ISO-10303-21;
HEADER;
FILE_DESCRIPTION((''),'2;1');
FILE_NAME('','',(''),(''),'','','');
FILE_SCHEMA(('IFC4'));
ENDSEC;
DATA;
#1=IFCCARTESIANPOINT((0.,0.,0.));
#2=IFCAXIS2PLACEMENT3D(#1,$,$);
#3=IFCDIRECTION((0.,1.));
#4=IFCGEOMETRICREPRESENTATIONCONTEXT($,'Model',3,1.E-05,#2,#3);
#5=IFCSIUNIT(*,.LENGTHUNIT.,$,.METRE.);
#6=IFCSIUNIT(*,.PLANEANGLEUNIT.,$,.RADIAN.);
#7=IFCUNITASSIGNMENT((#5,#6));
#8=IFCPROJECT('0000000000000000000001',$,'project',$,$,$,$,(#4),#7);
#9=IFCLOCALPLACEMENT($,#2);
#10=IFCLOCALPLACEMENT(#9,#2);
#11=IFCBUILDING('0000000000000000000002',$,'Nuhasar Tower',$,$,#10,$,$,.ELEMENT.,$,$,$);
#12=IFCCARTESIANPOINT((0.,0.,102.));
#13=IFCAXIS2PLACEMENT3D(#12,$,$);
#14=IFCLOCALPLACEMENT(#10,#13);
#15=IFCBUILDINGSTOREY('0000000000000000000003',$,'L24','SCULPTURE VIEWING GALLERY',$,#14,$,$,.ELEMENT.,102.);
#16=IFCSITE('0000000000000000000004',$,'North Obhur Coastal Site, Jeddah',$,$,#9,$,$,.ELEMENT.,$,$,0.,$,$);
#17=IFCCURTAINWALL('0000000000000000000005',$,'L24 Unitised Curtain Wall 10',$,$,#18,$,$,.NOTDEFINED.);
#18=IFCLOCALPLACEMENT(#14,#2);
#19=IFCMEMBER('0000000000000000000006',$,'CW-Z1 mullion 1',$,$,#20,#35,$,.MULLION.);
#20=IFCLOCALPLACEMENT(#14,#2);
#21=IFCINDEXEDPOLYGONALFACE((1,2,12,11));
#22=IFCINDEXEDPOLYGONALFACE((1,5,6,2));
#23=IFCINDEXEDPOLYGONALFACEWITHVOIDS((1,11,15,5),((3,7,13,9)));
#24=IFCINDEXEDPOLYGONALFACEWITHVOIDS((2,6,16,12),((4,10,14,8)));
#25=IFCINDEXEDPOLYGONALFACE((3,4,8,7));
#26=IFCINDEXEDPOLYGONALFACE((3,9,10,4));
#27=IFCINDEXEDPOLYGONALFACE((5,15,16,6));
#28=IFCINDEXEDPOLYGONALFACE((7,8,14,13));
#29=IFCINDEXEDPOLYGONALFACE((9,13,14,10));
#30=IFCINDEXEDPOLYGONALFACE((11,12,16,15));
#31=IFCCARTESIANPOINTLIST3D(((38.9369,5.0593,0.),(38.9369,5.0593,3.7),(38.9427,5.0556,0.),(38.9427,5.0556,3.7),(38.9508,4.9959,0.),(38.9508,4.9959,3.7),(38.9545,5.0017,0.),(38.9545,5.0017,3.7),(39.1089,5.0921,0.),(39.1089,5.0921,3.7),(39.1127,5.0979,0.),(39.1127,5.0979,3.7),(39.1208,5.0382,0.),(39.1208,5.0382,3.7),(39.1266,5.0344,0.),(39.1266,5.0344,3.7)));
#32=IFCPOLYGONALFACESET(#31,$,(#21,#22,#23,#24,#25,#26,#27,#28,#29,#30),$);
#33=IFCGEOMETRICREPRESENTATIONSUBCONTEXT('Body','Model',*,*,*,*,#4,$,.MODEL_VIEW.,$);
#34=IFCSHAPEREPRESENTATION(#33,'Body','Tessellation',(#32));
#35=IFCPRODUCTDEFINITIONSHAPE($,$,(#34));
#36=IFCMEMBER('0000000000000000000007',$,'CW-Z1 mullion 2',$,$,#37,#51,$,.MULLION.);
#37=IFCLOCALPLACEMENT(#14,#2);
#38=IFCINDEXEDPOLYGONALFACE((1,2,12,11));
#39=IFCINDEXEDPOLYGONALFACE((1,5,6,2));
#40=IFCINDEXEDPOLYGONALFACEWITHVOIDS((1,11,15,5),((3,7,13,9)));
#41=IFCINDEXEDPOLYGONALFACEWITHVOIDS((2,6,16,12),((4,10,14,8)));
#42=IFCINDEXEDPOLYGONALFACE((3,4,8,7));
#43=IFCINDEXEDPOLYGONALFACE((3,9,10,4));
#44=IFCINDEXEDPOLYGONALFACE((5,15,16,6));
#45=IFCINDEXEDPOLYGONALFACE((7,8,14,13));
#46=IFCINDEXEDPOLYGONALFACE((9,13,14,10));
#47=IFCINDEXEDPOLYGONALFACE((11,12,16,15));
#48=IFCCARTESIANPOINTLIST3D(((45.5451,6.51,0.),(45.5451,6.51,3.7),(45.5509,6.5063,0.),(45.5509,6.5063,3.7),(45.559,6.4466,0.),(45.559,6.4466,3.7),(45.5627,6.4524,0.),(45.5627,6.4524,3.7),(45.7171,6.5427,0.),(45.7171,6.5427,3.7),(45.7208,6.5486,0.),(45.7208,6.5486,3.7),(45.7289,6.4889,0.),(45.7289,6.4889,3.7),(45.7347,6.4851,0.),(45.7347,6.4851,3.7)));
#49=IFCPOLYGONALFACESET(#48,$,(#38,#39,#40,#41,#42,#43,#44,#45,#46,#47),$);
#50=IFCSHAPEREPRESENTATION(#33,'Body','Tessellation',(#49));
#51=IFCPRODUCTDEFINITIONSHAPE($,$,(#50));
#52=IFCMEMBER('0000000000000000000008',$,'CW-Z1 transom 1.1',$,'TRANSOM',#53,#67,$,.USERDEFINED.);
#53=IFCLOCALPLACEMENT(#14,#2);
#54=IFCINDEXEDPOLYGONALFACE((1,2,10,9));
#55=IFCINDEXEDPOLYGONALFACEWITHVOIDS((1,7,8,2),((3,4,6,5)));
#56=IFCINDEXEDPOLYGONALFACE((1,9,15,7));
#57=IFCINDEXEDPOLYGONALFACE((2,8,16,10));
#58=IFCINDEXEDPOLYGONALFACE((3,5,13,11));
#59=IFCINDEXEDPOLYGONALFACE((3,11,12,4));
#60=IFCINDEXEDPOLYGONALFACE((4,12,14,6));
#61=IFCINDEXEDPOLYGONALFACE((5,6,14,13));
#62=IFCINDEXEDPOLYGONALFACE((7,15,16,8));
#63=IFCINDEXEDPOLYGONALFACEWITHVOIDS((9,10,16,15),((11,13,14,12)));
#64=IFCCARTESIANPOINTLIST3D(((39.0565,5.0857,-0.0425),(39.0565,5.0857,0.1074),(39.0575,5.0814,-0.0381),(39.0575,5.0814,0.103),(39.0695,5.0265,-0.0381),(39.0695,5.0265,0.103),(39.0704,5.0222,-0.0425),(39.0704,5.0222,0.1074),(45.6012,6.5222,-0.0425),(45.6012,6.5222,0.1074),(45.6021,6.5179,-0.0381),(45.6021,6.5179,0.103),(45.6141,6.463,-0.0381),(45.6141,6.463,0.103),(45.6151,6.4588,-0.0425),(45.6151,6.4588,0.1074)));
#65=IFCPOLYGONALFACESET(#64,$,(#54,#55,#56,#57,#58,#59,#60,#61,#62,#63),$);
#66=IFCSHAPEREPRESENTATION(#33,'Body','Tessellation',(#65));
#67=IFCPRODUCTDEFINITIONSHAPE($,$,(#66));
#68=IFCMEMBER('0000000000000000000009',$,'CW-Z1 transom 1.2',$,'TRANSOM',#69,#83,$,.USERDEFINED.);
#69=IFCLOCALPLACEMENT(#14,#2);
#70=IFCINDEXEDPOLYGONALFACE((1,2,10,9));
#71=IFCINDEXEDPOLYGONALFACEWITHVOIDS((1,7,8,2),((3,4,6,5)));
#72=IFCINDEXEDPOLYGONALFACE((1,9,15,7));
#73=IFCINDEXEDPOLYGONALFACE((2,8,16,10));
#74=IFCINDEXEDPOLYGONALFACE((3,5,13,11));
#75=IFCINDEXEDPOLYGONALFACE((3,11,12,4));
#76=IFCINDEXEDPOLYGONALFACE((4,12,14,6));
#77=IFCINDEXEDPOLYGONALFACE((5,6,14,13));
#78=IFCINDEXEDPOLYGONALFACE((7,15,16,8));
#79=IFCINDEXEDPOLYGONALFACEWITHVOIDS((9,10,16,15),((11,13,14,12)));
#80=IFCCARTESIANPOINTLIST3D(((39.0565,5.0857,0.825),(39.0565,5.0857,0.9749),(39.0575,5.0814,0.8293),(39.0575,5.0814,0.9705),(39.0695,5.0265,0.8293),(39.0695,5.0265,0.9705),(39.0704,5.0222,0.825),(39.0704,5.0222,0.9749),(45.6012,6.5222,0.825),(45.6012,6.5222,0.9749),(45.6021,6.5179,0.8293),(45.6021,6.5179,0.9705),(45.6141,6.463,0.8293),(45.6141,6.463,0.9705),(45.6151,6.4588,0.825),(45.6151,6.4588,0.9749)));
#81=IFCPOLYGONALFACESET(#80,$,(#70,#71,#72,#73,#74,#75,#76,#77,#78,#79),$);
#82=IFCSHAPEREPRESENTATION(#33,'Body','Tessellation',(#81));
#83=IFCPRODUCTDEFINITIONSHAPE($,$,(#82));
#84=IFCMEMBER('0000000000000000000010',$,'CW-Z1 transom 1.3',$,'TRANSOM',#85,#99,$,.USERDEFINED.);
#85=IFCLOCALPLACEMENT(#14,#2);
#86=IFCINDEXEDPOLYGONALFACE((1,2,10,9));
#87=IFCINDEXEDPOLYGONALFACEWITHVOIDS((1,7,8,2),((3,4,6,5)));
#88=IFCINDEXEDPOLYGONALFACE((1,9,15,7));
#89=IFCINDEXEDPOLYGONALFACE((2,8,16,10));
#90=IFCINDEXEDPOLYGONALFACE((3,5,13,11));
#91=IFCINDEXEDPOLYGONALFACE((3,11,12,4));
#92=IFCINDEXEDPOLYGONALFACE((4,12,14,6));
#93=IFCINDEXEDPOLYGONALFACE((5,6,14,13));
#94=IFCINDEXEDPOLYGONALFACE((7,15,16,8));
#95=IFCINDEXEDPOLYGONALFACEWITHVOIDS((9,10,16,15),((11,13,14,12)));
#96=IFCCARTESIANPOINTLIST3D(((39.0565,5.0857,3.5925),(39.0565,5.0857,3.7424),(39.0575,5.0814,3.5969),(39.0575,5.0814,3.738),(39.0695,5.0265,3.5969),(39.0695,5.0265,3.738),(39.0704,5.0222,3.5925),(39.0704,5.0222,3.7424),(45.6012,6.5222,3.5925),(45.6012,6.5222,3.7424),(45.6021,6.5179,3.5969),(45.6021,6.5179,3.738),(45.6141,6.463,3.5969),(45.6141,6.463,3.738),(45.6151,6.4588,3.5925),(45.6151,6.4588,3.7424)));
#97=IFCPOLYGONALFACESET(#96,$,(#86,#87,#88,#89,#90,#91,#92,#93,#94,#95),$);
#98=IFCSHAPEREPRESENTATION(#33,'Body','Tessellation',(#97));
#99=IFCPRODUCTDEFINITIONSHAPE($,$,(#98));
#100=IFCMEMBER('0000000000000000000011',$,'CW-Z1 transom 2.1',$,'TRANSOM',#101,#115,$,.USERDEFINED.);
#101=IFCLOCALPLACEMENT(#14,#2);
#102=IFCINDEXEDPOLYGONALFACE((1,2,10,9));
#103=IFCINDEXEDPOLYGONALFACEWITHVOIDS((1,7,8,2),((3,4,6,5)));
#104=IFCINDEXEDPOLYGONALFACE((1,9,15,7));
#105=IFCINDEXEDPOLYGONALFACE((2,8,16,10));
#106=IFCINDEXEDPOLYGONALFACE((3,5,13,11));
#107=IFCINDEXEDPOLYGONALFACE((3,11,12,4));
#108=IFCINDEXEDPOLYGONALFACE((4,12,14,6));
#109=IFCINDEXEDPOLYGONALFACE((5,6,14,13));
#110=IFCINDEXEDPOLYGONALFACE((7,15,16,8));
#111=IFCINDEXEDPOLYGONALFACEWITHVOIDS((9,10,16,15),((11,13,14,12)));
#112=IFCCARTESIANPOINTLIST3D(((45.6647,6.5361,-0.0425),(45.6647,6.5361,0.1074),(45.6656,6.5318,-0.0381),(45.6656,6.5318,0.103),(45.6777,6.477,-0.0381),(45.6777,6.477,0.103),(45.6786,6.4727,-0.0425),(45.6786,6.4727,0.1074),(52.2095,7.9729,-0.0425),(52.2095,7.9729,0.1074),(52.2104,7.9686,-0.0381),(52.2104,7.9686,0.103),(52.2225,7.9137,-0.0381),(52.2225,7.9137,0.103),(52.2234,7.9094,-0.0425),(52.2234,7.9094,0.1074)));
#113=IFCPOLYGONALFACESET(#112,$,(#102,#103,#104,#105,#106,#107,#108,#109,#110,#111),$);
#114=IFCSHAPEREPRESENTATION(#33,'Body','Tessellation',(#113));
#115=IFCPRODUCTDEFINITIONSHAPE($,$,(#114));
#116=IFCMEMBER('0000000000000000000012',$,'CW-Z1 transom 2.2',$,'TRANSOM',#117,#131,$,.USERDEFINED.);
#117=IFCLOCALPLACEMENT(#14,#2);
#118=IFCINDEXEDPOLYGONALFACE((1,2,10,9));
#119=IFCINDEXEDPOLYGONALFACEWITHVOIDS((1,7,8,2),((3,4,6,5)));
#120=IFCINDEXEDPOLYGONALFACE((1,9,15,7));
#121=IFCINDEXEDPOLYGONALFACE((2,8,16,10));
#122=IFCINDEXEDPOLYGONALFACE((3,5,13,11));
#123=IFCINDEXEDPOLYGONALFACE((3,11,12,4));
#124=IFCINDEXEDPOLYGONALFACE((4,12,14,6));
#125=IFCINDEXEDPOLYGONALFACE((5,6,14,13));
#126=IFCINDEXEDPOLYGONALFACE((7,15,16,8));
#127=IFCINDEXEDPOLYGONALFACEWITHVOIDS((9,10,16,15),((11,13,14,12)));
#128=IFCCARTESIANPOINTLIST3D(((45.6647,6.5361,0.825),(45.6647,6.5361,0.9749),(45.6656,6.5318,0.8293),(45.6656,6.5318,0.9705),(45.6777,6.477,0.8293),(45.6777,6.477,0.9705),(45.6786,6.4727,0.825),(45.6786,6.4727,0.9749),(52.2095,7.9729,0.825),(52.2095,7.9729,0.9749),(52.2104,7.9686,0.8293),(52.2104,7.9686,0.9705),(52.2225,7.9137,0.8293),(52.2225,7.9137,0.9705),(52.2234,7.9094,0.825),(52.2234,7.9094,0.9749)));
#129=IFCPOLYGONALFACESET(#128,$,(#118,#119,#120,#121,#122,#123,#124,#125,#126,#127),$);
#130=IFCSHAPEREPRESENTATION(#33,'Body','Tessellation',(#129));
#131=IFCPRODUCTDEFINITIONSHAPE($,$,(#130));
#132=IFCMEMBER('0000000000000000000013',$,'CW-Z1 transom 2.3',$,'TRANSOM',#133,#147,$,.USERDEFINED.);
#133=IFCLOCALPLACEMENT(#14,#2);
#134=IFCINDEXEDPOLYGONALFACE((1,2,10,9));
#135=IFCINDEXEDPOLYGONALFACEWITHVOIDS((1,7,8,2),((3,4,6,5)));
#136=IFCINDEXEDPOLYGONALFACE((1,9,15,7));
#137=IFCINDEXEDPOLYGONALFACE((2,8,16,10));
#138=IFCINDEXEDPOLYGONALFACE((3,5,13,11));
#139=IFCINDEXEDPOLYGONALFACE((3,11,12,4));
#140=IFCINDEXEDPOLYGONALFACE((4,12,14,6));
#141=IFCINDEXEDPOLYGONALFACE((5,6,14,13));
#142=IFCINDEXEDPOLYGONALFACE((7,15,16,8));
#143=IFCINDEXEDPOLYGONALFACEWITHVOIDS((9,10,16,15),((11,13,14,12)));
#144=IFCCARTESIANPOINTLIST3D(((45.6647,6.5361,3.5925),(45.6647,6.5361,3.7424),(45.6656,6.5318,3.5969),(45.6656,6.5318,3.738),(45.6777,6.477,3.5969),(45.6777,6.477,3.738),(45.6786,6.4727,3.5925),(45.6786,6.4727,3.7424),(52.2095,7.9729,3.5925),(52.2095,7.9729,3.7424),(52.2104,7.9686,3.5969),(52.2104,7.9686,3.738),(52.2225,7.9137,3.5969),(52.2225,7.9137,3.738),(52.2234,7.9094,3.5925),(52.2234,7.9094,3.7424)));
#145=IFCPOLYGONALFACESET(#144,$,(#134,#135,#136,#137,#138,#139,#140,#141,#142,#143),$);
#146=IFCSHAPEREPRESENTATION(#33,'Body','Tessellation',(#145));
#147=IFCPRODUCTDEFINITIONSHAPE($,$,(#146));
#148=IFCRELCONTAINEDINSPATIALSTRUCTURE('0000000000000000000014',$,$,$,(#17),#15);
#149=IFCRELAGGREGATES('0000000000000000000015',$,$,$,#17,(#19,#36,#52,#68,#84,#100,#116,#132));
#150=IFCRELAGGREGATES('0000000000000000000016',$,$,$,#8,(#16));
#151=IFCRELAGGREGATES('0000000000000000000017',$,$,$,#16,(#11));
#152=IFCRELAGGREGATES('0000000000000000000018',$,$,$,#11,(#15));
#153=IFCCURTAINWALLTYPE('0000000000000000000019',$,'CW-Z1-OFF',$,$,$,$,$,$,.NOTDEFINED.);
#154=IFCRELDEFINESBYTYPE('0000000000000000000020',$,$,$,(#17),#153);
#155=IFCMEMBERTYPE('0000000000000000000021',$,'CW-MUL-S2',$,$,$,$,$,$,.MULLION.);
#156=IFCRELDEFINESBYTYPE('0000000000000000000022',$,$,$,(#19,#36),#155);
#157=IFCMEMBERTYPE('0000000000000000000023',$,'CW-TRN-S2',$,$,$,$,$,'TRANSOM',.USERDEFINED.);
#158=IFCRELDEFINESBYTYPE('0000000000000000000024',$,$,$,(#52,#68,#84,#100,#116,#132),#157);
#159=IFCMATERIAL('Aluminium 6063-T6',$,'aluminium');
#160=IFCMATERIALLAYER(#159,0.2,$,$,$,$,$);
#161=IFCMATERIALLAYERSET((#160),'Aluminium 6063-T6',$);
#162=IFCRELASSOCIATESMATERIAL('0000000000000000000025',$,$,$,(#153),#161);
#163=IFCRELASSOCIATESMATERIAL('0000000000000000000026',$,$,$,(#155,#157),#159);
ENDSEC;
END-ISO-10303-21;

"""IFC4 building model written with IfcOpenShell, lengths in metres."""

from ifc_helpers import new_model, si_unit, direction, frame, origin, origin_2d, place, context, subcontext, project, spatial, hollow_rectangle, extrude, material, layer, layer_set, material_profile, profile_set, type_object, element, aggregate, save


model = new_model("IFC4")

# Units and contexts
model_context = context("Model", 3, precision=1e-05, world=origin(), true_north=direction((0.0, 1.0)))
body_context = subcontext(model_context, "Body", "Model", "MODEL_VIEW")
ifc_project = project(units=[si_unit("LENGTHUNIT", "METRE"), si_unit("PLANEANGLEUNIT", "RADIAN")], contexts=[model_context])

# Site, building, storey
site_placement = place(None, origin())
site = spatial("IfcSite", under=ifc_project, at=site_placement, Name="North Obhur Coastal Site, Jeddah", CompositionType="ELEMENT", RefElevation=0.0)
building_placement = place(site_placement, origin())
building = spatial("IfcBuilding", under=site, at=building_placement, Name="Nuhasar Tower", CompositionType="ELEMENT")
storey_placement = place(building_placement, frame((0.0, 0.0, 102.0)))
storey = spatial("IfcBuildingStorey", under=building, at=storey_placement, Name="L24", Description="SCULPTURE VIEWING GALLERY", CompositionType="ELEMENT", Elevation=102.0)

# Curtain wall, members
ifc_material_1 = material(Name="Aluminium 6063-T6", Category="aluminium")
ifc_layer_1 = layer(ifc_material_1, 0.2)
ifc_layer_set_1 = layer_set([ifc_layer_1], Name="Aluminium 6063-T6")
curtain_wall_type = type_object("IfcCurtainWallType", Name="CW-Z1-OFF", PredefinedType="NOTDEFINED", material=ifc_layer_set_1)
curtain_wall_placement = place(storey_placement, origin())
curtain_wall = element("IfcCurtainWall", 1, at=curtain_wall_placement, inside=storey, type_object=curtain_wall_type, Name="L24 Unitised Curtain Wall 10", PredefinedType="NOTDEFINED")
ifc_material_profile_1 = material_profile(ifc_material_1, hollow_rectangle(XDim=0.0649, YDim=0.1799, WallThickness=0.0049, at=origin_2d()), Name="CWM-2")
ifc_profile_set_1 = profile_set([ifc_material_profile_1], Name="Aluminium 6063-T6")
member_type_1 = type_object("IfcMemberType", Name="CW-MUL-S2", PredefinedType="MULLION", material=ifc_profile_set_1)
member_1_placement = place(storey_placement, frame((39.0317, 5.0469, 0.0), z_axis=(0.0, 0.0, 1.0), x_axis=(-0.214399, 0.976746, 0.0)))
member_1 = element("IfcMember", 2, at=member_1_placement, type_object=member_type_1, Name="CW-Z1 mullion 1", PredefinedType="MULLION", context=body_context, shape_type="SweptSolid", body=[
    extrude(hollow_rectangle(XDim=0.0649, YDim=0.1799, WallThickness=0.0049, at=origin_2d()), origin(), (0.0, 0.0, 1.0), 3.7),
])
member_2_placement = place(storey_placement, frame((45.6399, 6.4976, 0.0), z_axis=(0.0, 0.0, 1.0), x_axis=(-0.214399, 0.976746, 0.0)))
member_2 = element("IfcMember", 3, at=member_2_placement, type_object=member_type_1, Name="CW-Z1 mullion 2", PredefinedType="MULLION", context=body_context, shape_type="SweptSolid", body=[
    extrude(hollow_rectangle(XDim=0.0649, YDim=0.1799, WallThickness=0.0049, at=origin_2d()), origin(), (0.0, 0.0, 1.0), 3.7),
])
ifc_material_profile_2 = material_profile(ifc_material_1, hollow_rectangle(XDim=0.0649, YDim=0.1499, WallThickness=0.0044, at=origin_2d()), Name="CWT-2")
ifc_profile_set_2 = profile_set([ifc_material_profile_2], Name="Aluminium 6063-T6")
member_type_2 = type_object("IfcMemberType", Name="CW-TRN-S2", ElementType="TRANSOM", PredefinedType="USERDEFINED", material=ifc_profile_set_2)
member_3_placement = place(storey_placement, frame((39.0635, 5.054, 0.0325), z_axis=(0.976748, 0.214391, 0.0), x_axis=(-0.214391, 0.976748, 0.0)))
member_3 = element("IfcMember", 4, at=member_3_placement, type_object=member_type_2, Name="CW-Z1 transom 1.1", ObjectType="TRANSOM", PredefinedType="USERDEFINED", context=body_context, shape_type="SweptSolid", body=[
    extrude(hollow_rectangle(XDim=0.0649, YDim=0.1499, WallThickness=0.0044, at=origin_2d()), origin(), (0.0, 0.0, 1.0), 6.7004),
])
member_4_placement = place(storey_placement, frame((39.0635, 5.054, 0.8999), z_axis=(0.976748, 0.214391, 0.0), x_axis=(-0.214391, 0.976748, 0.0)))
member_4 = element("IfcMember", 5, at=member_4_placement, type_object=member_type_2, Name="CW-Z1 transom 1.2", ObjectType="TRANSOM", PredefinedType="USERDEFINED", context=body_context, shape_type="SweptSolid", body=[
    extrude(hollow_rectangle(XDim=0.0649, YDim=0.1499, WallThickness=0.0044, at=origin_2d()), origin(), (0.0, 0.0, 1.0), 6.7004),
])
member_5_placement = place(storey_placement, frame((39.0635, 5.054, 3.6675), z_axis=(0.976748, 0.214391, 0.0), x_axis=(-0.214391, 0.976748, 0.0)))
member_5 = element("IfcMember", 6, at=member_5_placement, type_object=member_type_2, Name="CW-Z1 transom 1.3", ObjectType="TRANSOM", PredefinedType="USERDEFINED", context=body_context, shape_type="SweptSolid", body=[
    extrude(hollow_rectangle(XDim=0.0649, YDim=0.1499, WallThickness=0.0044, at=origin_2d()), origin(), (0.0, 0.0, 1.0), 6.7004),
])
member_6_placement = place(storey_placement, frame((45.6716, 6.5044, 0.0325), z_axis=(0.976742, 0.214418, 0.0), x_axis=(-0.214418, 0.976742, 0.0)))
member_6 = element("IfcMember", 7, at=member_6_placement, type_object=member_type_2, Name="CW-Z1 transom 2.1", ObjectType="TRANSOM", PredefinedType="USERDEFINED", context=body_context, shape_type="SweptSolid", body=[
    extrude(hollow_rectangle(XDim=0.0649, YDim=0.1499, WallThickness=0.0044, at=origin_2d()), origin(), (0.0, 0.0, 1.0), 6.7007),
])
member_7_placement = place(storey_placement, frame((45.6716, 6.5044, 0.8999), z_axis=(0.976742, 0.214418, 0.0), x_axis=(-0.214418, 0.976742, 0.0)))
member_7 = element("IfcMember", 8, at=member_7_placement, type_object=member_type_2, Name="CW-Z1 transom 2.2", ObjectType="TRANSOM", PredefinedType="USERDEFINED", context=body_context, shape_type="SweptSolid", body=[
    extrude(hollow_rectangle(XDim=0.0649, YDim=0.1499, WallThickness=0.0044, at=origin_2d()), origin(), (0.0, 0.0, 1.0), 6.7007),
])
member_8_placement = place(storey_placement, frame((45.6716, 6.5044, 3.6675), z_axis=(0.976742, 0.214418, 0.0), x_axis=(-0.214418, 0.976742, 0.0)))
member_8 = element("IfcMember", 9, at=member_8_placement, type_object=member_type_2, Name="CW-Z1 transom 2.3", ObjectType="TRANSOM", PredefinedType="USERDEFINED", context=body_context, shape_type="SweptSolid", body=[
    extrude(hollow_rectangle(XDim=0.0649, YDim=0.1499, WallThickness=0.0044, at=origin_2d()), origin(), (0.0, 0.0, 1.0), 6.7007),
])

aggregate(curtain_wall, [member_1, member_2, member_3, member_4, member_5, member_6, member_7, member_8])

save(model, "model.ifc")
